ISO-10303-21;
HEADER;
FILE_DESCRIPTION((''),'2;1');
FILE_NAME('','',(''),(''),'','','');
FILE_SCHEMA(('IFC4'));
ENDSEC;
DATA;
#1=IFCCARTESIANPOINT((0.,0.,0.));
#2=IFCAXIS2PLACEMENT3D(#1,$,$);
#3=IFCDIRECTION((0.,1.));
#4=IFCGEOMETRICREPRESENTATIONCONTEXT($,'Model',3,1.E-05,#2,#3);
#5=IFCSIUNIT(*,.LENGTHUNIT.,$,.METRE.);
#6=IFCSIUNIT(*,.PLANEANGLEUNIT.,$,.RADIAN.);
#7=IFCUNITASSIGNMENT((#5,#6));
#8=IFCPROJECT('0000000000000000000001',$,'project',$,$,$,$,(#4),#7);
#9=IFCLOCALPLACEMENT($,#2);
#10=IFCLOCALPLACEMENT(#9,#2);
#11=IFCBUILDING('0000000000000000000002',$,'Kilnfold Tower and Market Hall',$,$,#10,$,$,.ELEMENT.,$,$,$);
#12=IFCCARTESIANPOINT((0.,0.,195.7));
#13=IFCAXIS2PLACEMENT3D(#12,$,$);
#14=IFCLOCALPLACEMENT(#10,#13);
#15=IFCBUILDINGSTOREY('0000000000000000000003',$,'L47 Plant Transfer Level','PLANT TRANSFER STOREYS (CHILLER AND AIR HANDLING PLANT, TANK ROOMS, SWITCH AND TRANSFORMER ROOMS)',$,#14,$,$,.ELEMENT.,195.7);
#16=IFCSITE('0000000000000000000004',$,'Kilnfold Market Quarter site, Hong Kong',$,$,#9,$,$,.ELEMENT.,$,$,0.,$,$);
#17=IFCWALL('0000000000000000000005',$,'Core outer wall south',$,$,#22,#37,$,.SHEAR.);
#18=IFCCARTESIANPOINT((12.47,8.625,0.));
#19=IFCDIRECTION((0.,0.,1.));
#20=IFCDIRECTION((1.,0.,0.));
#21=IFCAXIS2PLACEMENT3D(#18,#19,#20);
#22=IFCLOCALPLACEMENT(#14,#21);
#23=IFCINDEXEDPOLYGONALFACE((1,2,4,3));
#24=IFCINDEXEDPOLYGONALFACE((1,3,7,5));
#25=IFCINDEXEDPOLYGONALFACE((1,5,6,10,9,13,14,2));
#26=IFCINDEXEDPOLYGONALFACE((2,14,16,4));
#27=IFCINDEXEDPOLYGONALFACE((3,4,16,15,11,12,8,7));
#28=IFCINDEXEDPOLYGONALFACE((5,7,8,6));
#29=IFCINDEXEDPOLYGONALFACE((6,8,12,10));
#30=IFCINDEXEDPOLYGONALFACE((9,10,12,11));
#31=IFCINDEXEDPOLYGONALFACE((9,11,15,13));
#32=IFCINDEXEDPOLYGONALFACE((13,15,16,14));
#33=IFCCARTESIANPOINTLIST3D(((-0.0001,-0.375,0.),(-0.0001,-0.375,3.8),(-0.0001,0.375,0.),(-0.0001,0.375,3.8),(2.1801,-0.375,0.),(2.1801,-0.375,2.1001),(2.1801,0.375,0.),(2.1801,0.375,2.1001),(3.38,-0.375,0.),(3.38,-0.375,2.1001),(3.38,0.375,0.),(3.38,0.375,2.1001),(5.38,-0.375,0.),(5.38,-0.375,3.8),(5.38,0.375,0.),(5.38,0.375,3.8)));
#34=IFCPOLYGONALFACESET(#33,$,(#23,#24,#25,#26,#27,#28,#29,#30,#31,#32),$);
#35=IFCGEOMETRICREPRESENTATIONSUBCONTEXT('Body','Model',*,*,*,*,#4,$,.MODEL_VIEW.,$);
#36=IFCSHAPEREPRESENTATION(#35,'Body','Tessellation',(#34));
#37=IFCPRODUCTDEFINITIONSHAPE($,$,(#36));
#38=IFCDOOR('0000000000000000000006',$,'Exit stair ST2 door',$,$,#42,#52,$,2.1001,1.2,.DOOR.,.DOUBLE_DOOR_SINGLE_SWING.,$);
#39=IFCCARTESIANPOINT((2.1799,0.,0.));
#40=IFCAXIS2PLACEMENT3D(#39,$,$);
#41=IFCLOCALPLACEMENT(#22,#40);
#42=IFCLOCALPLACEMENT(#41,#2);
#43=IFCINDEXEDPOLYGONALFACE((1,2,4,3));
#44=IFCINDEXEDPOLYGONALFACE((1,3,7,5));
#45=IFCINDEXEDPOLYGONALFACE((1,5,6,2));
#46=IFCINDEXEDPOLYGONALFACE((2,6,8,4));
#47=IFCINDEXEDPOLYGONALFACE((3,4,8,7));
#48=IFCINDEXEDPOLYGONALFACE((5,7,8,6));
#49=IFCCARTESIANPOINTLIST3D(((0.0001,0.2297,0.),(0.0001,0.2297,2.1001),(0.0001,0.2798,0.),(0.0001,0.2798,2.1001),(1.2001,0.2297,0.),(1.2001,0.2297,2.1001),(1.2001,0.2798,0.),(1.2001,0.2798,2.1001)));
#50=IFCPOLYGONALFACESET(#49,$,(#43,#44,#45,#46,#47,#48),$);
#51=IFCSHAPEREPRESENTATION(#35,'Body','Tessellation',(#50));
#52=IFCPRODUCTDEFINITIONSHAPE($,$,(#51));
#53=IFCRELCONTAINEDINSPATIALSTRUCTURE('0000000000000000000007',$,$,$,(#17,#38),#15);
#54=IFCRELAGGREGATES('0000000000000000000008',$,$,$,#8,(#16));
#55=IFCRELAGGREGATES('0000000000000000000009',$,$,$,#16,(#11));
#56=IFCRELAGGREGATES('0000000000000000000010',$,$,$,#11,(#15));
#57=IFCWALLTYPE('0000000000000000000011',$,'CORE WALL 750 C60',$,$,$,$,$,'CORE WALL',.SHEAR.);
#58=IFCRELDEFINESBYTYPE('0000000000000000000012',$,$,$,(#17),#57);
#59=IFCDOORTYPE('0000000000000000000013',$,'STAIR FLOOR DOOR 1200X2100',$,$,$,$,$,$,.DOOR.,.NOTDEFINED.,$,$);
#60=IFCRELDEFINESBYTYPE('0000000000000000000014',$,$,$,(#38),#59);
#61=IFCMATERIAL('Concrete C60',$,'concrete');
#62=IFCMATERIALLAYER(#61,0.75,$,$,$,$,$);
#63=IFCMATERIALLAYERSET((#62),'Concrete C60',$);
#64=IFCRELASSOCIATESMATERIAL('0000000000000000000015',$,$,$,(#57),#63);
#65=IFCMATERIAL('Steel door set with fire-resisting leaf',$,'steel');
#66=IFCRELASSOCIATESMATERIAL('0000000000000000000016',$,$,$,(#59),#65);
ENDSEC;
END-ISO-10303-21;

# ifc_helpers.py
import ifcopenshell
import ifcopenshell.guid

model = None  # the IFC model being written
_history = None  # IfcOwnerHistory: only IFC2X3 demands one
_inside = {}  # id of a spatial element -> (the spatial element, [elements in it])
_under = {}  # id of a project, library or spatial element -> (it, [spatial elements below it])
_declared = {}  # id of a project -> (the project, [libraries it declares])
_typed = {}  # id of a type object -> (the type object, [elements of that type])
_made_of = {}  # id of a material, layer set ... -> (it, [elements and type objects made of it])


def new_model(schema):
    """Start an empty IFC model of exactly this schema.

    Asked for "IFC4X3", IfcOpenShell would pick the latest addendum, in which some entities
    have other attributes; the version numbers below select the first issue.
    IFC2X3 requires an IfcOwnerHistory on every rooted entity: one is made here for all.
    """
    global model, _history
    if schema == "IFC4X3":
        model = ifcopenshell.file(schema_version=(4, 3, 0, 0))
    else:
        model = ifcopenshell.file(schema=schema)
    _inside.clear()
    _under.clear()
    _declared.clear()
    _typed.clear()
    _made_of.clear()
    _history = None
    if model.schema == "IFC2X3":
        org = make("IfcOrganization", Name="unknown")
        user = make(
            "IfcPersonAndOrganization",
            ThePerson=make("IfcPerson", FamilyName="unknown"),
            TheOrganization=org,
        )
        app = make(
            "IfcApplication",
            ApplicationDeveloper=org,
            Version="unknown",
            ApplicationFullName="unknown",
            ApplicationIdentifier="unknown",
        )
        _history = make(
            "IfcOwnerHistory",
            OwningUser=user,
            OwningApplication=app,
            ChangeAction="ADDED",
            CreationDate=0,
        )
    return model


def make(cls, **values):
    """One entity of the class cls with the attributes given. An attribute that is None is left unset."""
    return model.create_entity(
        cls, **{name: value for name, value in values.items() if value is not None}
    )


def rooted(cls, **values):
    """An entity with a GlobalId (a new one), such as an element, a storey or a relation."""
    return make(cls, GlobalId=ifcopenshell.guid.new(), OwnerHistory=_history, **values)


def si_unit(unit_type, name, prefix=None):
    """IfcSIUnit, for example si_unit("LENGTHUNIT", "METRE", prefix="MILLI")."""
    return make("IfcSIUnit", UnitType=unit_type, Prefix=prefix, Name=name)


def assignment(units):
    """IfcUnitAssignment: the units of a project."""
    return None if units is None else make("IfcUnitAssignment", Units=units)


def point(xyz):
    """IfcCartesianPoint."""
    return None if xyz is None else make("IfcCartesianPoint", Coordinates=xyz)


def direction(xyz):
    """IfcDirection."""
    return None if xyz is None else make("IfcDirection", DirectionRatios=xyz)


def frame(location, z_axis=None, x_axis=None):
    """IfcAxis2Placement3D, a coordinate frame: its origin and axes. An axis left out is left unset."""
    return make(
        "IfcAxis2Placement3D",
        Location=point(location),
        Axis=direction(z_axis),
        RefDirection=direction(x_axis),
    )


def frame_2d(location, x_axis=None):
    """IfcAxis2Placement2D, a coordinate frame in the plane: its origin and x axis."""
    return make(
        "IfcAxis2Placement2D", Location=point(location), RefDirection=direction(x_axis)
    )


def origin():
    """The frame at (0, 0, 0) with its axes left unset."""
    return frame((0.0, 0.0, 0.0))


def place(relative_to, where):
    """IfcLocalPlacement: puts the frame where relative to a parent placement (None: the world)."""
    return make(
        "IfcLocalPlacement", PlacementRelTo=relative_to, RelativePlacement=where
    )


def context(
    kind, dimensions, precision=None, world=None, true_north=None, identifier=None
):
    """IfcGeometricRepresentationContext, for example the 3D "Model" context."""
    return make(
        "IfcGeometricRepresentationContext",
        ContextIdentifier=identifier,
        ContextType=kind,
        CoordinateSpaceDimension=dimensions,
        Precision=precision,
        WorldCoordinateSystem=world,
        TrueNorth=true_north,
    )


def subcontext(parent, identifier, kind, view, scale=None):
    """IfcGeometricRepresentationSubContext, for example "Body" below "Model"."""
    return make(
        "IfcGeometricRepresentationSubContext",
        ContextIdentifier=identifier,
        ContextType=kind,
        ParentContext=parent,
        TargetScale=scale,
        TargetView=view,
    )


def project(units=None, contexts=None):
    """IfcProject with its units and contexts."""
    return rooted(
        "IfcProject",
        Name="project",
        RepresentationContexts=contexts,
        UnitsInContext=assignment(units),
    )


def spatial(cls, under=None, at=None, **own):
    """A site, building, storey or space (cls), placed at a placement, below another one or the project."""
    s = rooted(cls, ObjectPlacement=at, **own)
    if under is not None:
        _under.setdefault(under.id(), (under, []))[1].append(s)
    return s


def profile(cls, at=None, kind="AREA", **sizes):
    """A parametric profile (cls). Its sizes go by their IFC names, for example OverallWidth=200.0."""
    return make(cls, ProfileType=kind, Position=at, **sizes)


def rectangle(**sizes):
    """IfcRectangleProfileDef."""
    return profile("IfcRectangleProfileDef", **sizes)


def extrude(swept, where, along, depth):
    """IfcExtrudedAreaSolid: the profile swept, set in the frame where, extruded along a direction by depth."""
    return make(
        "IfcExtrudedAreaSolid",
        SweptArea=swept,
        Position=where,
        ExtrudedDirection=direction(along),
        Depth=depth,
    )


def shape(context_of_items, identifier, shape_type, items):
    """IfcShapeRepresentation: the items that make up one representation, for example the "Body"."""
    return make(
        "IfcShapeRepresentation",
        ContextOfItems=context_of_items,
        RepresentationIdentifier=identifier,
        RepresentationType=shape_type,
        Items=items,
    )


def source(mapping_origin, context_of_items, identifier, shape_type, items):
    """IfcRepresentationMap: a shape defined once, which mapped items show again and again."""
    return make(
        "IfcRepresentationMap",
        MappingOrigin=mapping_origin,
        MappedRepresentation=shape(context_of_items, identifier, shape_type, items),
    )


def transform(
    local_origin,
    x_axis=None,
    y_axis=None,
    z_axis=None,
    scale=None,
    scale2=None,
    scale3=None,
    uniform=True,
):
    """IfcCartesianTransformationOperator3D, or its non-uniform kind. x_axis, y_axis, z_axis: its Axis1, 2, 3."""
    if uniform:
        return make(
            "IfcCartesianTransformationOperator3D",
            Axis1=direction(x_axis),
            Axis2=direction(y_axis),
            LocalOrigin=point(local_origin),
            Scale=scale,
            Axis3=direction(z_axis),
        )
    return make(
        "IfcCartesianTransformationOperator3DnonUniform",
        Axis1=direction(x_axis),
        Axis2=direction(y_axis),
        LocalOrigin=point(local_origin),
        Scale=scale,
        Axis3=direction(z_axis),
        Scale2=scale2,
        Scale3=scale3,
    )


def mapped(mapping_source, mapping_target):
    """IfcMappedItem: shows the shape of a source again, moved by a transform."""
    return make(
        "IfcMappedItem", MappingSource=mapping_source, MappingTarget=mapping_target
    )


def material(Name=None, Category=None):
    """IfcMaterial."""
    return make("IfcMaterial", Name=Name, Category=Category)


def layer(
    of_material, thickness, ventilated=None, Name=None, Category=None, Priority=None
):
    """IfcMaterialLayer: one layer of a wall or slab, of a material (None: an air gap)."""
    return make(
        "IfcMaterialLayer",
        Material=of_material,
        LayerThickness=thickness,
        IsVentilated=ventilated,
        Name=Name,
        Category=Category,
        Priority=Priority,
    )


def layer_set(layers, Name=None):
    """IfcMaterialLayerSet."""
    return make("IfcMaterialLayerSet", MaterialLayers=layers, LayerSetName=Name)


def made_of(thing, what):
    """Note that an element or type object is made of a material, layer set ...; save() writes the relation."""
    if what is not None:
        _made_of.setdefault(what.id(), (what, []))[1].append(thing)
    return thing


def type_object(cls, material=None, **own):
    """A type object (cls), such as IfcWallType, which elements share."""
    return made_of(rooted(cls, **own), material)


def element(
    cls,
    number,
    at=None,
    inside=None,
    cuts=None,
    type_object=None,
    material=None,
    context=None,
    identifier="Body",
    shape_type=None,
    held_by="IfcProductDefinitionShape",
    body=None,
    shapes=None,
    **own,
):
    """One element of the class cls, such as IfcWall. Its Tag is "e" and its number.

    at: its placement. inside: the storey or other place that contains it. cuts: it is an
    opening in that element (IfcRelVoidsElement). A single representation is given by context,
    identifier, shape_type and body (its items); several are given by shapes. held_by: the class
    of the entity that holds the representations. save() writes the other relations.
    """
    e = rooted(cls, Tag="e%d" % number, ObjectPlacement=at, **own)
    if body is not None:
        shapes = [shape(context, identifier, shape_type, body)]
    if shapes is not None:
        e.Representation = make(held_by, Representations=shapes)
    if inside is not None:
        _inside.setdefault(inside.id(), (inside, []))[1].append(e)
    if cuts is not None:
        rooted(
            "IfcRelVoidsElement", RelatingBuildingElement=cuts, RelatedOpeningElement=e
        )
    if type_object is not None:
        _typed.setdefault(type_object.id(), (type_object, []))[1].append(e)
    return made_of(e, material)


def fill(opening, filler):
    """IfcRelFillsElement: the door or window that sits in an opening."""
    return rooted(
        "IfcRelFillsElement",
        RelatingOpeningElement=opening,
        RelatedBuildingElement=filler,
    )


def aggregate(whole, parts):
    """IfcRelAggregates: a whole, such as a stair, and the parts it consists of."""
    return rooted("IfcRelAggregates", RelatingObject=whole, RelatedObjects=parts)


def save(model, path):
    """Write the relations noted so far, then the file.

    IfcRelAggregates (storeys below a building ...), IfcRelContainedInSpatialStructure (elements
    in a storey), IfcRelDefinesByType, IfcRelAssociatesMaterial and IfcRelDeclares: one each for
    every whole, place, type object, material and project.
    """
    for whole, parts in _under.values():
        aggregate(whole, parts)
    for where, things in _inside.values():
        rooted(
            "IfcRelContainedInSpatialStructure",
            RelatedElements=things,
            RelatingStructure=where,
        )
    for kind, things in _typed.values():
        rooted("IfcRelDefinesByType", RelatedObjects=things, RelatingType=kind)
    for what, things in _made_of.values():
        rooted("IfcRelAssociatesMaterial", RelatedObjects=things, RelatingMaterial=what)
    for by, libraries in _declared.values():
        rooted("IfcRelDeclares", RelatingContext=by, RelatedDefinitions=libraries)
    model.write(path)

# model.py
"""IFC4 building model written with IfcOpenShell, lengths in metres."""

from ifc_helpers import new_model, si_unit, direction, frame, frame_2d, origin, place, context, subcontext, project, spatial, rectangle, extrude, source, transform, mapped, material, layer, layer_set, type_object, element, fill, save


model = new_model("IFC4")

# Units and contexts
model_context = context("Model", 3, precision=1e-05, world=origin(), true_north=direction((0.0, 1.0)))
body_context = subcontext(model_context, "Body", "Model", "MODEL_VIEW")
ifc_project = project(units=[si_unit("LENGTHUNIT", "METRE"), si_unit("PLANEANGLEUNIT", "RADIAN")], contexts=[model_context])

# Site, building, storey
site_placement = place(None, origin())
site = spatial("IfcSite", under=ifc_project, at=site_placement, Name="Kilnfold Market Quarter site, Hong Kong", CompositionType="ELEMENT", RefElevation=0.0)
building_placement = place(site_placement, origin())
building = spatial("IfcBuilding", under=site, at=building_placement, Name="Kilnfold Tower and Market Hall", CompositionType="ELEMENT")
storey_placement = place(building_placement, frame((0.0, 0.0, 195.7)))
storey = spatial("IfcBuildingStorey", under=building, at=storey_placement, Name="L47 Plant Transfer Level", Description="PLANT TRANSFER STOREYS (CHILLER AND AIR HANDLING PLANT, TANK ROOMS, SWITCH AND TRANSFORMER ROOMS)", CompositionType="ELEMENT", Elevation=195.7)

# Shared definitions
ifc_material_1 = material(Name="Concrete C60", Category="concrete")
ifc_layer_1 = layer(ifc_material_1, 0.75)
ifc_layer_set_1 = layer_set([ifc_layer_1], Name="Concrete C60")
wall_type_1 = type_object("IfcWallType", Name="CORE WALL 750 C60", ElementType="CORE WALL", PredefinedType="SHEAR", material=ifc_layer_set_1)

# Wall, opening, door
shared_shape_1 = source(origin(), body_context, "Body", "SweptSolid", [
    extrude(rectangle(XDim=5.3801, YDim=0.75, at=frame_2d((2.6899, 0.0))), origin(), (0.0, 0.0, 1.0), 3.8),
])
wall_1_placement = place(storey_placement, frame((12.47, 8.625, 0.0), z_axis=(0.0, 0.0, 1.0), x_axis=(1.0, 0.0, 0.0)))
wall_1 = element("IfcWall", 1, at=wall_1_placement, inside=storey, type_object=wall_type_1, Name="Core outer wall south", PredefinedType="SHEAR", context=body_context, shape_type="MappedRepresentation", body=[
    mapped(shared_shape_1, transform((0.0, 0.0, 0.0))),
])
opening_1_placement = place(wall_1_placement, frame((2.1799, 0.0, 0.0)))
opening_1 = element("IfcOpeningElement", 2, at=opening_1_placement, cuts=wall_1, PredefinedType="OPENING", context=body_context, shape_type="SweptSolid", body=[
    extrude(rectangle(XDim=1.2, YDim=2.1001, at=frame_2d((0.6001, 1.05))), frame((0.0, 0.385, 0.0), z_axis=(0.0, -1.0, 0.0), x_axis=(1.0, 0.0, 0.0)), (0.0, 0.0, 1.0), 0.77),
])
ifc_material_2 = material(Name="Steel door set with fire-resisting leaf", Category="steel")
door_type_1 = type_object("IfcDoorType", Name="STAIR FLOOR DOOR 1200X2100", OperationType="NOTDEFINED", PredefinedType="DOOR", material=ifc_material_2)
door_1_placement = place(opening_1_placement, origin())
door_1 = element("IfcDoor", 3, at=door_1_placement, inside=storey, type_object=door_type_1, Name="Exit stair ST2 door", OperationType="DOUBLE_DOOR_SINGLE_SWING", OverallHeight=2.1001, OverallWidth=1.2, PredefinedType="DOOR", context=body_context, shape_type="SweptSolid", body=[
    extrude(rectangle(XDim=1.2, YDim=2.1001, at=frame_2d((0.6001, 1.05))), frame((0.0, 0.2798, 0.0), z_axis=(0.0, -1.0, 0.0), x_axis=(1.0, 0.0, 0.0)), (0.0, 0.0, 1.0), 0.05),
])
fill(opening_1, door_1)

save(model, "model.ifc")
